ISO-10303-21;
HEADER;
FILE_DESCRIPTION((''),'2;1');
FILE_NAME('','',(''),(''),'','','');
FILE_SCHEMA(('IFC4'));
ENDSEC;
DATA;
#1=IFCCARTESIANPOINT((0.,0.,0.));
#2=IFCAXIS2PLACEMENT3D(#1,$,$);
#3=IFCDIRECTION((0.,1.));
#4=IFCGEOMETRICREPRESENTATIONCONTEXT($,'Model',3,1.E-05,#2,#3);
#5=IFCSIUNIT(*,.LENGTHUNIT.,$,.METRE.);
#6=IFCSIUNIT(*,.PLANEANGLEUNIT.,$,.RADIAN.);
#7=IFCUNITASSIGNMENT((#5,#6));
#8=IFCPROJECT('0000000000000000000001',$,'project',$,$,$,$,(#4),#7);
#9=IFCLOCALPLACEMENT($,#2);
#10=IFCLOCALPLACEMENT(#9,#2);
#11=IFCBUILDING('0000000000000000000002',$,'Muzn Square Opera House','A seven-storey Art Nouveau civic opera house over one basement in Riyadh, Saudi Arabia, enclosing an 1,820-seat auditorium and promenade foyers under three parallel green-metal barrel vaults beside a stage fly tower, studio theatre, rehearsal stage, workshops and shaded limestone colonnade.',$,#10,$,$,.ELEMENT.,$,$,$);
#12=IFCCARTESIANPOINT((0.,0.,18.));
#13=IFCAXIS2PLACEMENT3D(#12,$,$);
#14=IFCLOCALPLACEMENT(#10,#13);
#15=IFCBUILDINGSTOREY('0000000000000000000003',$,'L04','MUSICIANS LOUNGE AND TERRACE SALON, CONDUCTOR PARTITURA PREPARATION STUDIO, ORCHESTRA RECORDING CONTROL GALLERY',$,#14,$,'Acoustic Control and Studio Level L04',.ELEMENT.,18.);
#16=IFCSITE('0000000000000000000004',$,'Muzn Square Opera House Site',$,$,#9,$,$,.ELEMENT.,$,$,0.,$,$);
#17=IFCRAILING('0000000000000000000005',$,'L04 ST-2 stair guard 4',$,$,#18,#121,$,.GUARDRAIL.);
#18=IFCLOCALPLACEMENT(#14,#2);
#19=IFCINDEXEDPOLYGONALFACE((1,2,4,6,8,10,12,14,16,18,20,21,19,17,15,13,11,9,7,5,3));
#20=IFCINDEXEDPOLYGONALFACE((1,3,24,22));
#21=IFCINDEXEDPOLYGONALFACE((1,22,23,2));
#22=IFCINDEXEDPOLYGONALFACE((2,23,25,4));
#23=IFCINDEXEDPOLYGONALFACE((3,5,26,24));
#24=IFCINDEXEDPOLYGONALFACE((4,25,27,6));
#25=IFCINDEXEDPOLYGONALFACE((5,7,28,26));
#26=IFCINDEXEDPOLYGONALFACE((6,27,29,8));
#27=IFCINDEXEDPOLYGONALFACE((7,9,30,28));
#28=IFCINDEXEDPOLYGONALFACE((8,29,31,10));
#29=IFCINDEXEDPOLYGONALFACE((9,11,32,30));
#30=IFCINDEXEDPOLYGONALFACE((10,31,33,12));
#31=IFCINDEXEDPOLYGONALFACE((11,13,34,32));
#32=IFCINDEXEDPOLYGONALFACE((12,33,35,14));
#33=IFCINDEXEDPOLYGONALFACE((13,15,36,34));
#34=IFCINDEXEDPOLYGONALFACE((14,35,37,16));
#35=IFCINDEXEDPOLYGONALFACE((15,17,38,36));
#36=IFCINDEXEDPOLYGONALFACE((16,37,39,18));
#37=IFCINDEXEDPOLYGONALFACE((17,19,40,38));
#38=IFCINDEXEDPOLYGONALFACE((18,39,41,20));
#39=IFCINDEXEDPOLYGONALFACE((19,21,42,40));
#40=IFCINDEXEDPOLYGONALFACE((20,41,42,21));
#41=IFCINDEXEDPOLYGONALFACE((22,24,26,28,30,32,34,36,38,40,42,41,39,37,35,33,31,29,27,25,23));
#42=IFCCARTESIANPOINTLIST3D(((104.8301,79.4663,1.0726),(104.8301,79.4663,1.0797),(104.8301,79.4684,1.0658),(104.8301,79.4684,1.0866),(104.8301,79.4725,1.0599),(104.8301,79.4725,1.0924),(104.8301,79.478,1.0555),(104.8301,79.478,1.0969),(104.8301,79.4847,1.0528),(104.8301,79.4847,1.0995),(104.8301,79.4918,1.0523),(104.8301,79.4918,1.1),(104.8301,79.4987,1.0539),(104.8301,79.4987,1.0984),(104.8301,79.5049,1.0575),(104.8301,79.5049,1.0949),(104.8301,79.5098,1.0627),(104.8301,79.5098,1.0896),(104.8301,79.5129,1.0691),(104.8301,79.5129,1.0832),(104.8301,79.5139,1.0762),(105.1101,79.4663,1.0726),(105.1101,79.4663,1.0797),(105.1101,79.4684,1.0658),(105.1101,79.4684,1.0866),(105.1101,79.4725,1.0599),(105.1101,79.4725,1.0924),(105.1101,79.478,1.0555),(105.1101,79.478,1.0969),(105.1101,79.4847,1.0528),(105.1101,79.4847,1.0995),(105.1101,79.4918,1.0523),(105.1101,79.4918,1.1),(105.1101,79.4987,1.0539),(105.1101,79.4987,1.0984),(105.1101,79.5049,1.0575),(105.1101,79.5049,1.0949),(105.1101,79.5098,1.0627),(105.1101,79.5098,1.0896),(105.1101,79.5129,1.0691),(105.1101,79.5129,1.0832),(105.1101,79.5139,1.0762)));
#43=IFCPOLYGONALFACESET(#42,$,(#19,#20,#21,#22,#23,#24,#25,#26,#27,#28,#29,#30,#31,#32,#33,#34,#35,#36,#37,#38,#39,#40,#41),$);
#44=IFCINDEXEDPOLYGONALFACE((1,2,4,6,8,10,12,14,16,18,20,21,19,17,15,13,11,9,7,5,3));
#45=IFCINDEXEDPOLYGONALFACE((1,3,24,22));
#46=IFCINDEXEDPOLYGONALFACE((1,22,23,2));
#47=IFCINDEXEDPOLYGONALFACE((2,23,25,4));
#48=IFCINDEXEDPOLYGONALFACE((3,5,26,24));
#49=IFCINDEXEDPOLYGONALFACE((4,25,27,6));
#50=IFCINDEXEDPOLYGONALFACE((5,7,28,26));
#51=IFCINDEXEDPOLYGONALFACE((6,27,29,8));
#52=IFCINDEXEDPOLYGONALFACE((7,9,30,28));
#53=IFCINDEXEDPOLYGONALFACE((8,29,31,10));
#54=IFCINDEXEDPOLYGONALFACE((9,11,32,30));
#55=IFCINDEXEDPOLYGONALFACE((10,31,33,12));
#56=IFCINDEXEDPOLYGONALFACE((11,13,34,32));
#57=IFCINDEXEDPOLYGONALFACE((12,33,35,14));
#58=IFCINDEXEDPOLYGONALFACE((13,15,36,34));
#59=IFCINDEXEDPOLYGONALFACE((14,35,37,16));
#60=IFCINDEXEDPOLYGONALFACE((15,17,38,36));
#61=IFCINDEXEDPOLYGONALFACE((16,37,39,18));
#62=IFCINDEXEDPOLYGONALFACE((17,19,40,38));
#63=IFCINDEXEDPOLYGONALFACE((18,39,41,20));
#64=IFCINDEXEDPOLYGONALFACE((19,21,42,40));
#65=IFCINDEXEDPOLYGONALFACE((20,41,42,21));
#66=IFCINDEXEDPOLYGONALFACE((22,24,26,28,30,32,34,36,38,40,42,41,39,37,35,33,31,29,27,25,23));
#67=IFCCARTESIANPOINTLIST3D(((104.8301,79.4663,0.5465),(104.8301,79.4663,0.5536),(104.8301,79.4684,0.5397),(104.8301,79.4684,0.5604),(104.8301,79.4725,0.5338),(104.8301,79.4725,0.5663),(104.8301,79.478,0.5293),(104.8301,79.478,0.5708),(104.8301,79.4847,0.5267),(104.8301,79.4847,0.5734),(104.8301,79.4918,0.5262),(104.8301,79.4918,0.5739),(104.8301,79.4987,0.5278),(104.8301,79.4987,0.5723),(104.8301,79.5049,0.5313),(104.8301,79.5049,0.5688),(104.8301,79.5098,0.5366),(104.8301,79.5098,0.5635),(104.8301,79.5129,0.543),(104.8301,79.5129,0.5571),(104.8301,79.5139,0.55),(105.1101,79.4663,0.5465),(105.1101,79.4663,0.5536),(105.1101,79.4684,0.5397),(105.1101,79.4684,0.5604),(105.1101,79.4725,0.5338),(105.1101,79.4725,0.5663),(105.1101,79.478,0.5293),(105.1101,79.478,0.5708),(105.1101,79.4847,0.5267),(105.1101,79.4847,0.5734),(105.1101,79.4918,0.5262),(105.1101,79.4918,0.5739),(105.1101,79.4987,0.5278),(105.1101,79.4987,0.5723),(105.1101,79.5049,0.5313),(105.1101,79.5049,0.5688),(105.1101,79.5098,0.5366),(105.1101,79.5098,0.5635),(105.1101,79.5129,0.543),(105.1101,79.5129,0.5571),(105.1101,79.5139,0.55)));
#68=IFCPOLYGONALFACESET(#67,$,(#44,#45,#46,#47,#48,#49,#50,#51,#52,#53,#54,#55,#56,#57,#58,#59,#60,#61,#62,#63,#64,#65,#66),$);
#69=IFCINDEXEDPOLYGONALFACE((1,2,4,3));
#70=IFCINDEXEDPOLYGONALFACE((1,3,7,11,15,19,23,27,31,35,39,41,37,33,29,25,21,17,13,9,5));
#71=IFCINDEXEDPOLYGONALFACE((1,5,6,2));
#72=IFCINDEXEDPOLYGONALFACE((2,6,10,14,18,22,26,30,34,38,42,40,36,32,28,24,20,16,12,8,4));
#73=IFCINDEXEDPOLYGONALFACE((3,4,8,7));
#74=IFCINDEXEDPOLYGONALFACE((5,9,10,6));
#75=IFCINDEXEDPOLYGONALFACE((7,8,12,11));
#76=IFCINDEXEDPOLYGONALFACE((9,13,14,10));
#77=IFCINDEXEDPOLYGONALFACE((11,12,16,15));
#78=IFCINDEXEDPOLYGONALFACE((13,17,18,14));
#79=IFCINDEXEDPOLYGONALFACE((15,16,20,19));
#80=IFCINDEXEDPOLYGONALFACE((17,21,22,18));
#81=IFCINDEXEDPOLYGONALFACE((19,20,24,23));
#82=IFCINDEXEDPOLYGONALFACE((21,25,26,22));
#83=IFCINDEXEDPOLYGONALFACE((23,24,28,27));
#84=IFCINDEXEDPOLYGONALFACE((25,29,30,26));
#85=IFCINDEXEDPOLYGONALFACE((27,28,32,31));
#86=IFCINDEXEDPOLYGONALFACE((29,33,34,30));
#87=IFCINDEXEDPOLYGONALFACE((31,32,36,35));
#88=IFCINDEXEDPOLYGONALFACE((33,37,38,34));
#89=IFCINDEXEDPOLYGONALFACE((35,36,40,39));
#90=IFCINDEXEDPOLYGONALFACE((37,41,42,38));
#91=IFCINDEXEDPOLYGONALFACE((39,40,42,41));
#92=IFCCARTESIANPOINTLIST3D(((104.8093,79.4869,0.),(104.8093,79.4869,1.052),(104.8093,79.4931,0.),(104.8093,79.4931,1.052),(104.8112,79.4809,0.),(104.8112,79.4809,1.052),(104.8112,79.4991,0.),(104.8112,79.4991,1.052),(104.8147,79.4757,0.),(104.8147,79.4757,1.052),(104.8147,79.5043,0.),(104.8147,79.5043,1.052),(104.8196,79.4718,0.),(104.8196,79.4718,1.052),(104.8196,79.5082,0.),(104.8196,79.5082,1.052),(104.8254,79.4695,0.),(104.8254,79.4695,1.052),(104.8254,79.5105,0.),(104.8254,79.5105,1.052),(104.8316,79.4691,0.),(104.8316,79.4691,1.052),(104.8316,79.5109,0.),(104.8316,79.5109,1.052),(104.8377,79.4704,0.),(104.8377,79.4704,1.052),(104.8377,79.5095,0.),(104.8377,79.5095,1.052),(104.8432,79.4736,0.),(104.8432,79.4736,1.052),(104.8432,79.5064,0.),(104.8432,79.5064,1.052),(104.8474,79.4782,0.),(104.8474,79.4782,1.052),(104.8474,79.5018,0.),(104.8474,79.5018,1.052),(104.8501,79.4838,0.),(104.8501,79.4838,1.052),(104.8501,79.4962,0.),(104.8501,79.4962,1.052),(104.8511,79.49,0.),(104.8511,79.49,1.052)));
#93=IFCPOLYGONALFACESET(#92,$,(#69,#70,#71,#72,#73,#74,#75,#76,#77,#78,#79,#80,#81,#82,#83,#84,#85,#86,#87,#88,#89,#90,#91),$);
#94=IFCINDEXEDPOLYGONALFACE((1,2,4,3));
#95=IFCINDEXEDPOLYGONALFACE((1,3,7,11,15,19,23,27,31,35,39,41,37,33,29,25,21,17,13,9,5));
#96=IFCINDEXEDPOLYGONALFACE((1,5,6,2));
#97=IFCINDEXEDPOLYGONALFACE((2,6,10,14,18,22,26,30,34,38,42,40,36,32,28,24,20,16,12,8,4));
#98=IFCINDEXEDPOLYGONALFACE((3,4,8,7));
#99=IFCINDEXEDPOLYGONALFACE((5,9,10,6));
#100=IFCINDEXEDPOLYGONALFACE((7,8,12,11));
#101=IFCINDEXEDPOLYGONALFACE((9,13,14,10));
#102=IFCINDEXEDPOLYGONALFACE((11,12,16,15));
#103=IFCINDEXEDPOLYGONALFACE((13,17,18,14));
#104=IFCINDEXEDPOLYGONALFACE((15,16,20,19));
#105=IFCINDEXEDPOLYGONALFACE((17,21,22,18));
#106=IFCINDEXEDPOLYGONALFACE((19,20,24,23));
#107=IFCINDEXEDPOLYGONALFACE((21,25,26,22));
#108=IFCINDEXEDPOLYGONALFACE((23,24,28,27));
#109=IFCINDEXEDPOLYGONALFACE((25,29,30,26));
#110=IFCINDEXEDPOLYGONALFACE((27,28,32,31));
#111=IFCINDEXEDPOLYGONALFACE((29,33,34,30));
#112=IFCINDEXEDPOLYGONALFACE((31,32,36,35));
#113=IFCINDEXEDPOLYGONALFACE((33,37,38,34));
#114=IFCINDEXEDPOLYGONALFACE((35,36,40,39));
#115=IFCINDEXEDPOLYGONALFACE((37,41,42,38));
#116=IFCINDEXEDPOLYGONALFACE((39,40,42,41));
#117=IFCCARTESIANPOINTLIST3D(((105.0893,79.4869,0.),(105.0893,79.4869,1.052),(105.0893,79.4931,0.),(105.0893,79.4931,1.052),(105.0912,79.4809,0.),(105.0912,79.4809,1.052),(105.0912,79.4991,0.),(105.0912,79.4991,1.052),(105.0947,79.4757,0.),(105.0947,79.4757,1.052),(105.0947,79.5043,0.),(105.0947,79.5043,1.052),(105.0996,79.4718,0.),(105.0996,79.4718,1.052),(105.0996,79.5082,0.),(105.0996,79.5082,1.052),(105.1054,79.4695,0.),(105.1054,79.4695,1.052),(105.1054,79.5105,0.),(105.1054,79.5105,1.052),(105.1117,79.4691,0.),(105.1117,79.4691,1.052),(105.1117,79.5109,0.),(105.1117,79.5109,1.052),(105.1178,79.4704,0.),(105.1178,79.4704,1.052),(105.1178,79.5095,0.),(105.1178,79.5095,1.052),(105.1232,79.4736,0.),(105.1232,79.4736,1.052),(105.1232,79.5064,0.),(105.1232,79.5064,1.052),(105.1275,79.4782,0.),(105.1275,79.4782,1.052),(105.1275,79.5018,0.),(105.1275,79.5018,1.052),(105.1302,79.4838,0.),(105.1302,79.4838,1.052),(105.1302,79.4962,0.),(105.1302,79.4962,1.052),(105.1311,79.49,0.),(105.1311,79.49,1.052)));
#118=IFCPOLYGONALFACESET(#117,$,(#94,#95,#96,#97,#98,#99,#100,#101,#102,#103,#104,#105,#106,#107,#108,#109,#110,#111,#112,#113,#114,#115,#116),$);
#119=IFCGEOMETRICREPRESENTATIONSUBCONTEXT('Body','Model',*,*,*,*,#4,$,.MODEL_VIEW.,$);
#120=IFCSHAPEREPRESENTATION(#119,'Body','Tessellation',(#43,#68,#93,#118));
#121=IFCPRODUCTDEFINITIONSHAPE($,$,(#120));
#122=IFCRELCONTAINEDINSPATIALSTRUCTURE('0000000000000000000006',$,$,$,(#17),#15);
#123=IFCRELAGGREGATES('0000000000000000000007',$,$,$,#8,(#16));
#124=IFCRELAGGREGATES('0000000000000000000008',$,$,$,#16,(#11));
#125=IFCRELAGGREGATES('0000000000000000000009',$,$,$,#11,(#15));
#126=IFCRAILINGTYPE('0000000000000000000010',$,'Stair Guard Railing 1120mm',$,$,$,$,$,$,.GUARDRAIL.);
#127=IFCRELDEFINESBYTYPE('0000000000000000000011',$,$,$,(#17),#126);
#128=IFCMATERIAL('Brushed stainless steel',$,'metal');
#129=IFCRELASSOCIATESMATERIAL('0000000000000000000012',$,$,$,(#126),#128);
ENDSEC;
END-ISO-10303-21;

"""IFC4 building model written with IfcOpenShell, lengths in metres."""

from ifc_helpers import new_model, si_unit, direction, frame, origin, origin_2d, place, context, subcontext, project, spatial, circle, extrude, material, type_object, element, save


model = new_model("IFC4")

# Units and contexts
model_context = context("Model", 3, precision=1e-05, world=origin(), true_north=direction((0.0, 1.0)))
body_context = subcontext(model_context, "Body", "Model", "MODEL_VIEW")
ifc_project = project(units=[si_unit("LENGTHUNIT", "METRE"), si_unit("PLANEANGLEUNIT", "RADIAN")], contexts=[model_context])

# Site, building, storey
site_placement = place(None, origin())
site = spatial("IfcSite", under=ifc_project, at=site_placement, Name="Muzn Square Opera House Site", CompositionType="ELEMENT", RefElevation=0.0)
building_placement = place(site_placement, origin())
building = spatial("IfcBuilding", under=site, at=building_placement, Name="Muzn Square Opera House", Description="A seven-storey Art Nouveau civic opera house over one basement in Riyadh, Saudi Arabia, enclosing an 1,820-seat auditorium and promenade foyers under three parallel green-metal barrel vaults beside a stage fly tower, studio theatre, rehearsal stage, workshops and shaded limestone colonnade.", CompositionType="ELEMENT")
storey_placement = place(building_placement, frame((0.0, 0.0, 18.0)))
storey = spatial("IfcBuildingStorey", under=building, at=storey_placement, Name="L04", Description="MUSICIANS LOUNGE AND TERRACE SALON, CONDUCTOR PARTITURA PREPARATION STUDIO, ORCHESTRA RECORDING CONTROL GALLERY", LongName="Acoustic Control and Studio Level L04", CompositionType="ELEMENT", Elevation=18.0)

# Shared definitions
ifc_material_1 = material(Name="Brushed stainless steel", Category="metal")

# Railing
railing_type_1 = type_object("IfcRailingType", Name="Stair Guard Railing 1120mm", PredefinedType="GUARDRAIL", material=ifc_material_1)
railing_1_placement = place(storey_placement, frame((104.8301, 79.49, 0.0)))
element("IfcRailing", 1, at=railing_1_placement, inside=storey, type_object=railing_type_1, Name="L04 ST-2 stair guard 4", PredefinedType="GUARDRAIL", context=body_context, shape_type="SweptSolid", body=[
    extrude(circle(Radius=0.0239, at=origin_2d()), frame((0.0, 0.0, 1.0762), z_axis=(1.0, 0.0, 0.0), x_axis=(0.0, 1.0, 0.0)), (0.0, 0.0, 1.0), 0.28),
    extrude(circle(Radius=0.0239, at=origin_2d()), frame((0.0, 0.0, 0.55), z_axis=(1.0, 0.0, 0.0), x_axis=(0.0, 1.0, 0.0)), (0.0, 0.0, 1.0), 0.28),
    extrude(circle(Radius=0.021, at=origin_2d()), origin(), (0.0, 0.0, 1.0), 1.052),
    extrude(circle(Radius=0.021, at=origin_2d()), frame((0.28, 0.0, 0.0)), (0.0, 0.0, 1.0), 1.052),
])

save(model, "model.ifc")
